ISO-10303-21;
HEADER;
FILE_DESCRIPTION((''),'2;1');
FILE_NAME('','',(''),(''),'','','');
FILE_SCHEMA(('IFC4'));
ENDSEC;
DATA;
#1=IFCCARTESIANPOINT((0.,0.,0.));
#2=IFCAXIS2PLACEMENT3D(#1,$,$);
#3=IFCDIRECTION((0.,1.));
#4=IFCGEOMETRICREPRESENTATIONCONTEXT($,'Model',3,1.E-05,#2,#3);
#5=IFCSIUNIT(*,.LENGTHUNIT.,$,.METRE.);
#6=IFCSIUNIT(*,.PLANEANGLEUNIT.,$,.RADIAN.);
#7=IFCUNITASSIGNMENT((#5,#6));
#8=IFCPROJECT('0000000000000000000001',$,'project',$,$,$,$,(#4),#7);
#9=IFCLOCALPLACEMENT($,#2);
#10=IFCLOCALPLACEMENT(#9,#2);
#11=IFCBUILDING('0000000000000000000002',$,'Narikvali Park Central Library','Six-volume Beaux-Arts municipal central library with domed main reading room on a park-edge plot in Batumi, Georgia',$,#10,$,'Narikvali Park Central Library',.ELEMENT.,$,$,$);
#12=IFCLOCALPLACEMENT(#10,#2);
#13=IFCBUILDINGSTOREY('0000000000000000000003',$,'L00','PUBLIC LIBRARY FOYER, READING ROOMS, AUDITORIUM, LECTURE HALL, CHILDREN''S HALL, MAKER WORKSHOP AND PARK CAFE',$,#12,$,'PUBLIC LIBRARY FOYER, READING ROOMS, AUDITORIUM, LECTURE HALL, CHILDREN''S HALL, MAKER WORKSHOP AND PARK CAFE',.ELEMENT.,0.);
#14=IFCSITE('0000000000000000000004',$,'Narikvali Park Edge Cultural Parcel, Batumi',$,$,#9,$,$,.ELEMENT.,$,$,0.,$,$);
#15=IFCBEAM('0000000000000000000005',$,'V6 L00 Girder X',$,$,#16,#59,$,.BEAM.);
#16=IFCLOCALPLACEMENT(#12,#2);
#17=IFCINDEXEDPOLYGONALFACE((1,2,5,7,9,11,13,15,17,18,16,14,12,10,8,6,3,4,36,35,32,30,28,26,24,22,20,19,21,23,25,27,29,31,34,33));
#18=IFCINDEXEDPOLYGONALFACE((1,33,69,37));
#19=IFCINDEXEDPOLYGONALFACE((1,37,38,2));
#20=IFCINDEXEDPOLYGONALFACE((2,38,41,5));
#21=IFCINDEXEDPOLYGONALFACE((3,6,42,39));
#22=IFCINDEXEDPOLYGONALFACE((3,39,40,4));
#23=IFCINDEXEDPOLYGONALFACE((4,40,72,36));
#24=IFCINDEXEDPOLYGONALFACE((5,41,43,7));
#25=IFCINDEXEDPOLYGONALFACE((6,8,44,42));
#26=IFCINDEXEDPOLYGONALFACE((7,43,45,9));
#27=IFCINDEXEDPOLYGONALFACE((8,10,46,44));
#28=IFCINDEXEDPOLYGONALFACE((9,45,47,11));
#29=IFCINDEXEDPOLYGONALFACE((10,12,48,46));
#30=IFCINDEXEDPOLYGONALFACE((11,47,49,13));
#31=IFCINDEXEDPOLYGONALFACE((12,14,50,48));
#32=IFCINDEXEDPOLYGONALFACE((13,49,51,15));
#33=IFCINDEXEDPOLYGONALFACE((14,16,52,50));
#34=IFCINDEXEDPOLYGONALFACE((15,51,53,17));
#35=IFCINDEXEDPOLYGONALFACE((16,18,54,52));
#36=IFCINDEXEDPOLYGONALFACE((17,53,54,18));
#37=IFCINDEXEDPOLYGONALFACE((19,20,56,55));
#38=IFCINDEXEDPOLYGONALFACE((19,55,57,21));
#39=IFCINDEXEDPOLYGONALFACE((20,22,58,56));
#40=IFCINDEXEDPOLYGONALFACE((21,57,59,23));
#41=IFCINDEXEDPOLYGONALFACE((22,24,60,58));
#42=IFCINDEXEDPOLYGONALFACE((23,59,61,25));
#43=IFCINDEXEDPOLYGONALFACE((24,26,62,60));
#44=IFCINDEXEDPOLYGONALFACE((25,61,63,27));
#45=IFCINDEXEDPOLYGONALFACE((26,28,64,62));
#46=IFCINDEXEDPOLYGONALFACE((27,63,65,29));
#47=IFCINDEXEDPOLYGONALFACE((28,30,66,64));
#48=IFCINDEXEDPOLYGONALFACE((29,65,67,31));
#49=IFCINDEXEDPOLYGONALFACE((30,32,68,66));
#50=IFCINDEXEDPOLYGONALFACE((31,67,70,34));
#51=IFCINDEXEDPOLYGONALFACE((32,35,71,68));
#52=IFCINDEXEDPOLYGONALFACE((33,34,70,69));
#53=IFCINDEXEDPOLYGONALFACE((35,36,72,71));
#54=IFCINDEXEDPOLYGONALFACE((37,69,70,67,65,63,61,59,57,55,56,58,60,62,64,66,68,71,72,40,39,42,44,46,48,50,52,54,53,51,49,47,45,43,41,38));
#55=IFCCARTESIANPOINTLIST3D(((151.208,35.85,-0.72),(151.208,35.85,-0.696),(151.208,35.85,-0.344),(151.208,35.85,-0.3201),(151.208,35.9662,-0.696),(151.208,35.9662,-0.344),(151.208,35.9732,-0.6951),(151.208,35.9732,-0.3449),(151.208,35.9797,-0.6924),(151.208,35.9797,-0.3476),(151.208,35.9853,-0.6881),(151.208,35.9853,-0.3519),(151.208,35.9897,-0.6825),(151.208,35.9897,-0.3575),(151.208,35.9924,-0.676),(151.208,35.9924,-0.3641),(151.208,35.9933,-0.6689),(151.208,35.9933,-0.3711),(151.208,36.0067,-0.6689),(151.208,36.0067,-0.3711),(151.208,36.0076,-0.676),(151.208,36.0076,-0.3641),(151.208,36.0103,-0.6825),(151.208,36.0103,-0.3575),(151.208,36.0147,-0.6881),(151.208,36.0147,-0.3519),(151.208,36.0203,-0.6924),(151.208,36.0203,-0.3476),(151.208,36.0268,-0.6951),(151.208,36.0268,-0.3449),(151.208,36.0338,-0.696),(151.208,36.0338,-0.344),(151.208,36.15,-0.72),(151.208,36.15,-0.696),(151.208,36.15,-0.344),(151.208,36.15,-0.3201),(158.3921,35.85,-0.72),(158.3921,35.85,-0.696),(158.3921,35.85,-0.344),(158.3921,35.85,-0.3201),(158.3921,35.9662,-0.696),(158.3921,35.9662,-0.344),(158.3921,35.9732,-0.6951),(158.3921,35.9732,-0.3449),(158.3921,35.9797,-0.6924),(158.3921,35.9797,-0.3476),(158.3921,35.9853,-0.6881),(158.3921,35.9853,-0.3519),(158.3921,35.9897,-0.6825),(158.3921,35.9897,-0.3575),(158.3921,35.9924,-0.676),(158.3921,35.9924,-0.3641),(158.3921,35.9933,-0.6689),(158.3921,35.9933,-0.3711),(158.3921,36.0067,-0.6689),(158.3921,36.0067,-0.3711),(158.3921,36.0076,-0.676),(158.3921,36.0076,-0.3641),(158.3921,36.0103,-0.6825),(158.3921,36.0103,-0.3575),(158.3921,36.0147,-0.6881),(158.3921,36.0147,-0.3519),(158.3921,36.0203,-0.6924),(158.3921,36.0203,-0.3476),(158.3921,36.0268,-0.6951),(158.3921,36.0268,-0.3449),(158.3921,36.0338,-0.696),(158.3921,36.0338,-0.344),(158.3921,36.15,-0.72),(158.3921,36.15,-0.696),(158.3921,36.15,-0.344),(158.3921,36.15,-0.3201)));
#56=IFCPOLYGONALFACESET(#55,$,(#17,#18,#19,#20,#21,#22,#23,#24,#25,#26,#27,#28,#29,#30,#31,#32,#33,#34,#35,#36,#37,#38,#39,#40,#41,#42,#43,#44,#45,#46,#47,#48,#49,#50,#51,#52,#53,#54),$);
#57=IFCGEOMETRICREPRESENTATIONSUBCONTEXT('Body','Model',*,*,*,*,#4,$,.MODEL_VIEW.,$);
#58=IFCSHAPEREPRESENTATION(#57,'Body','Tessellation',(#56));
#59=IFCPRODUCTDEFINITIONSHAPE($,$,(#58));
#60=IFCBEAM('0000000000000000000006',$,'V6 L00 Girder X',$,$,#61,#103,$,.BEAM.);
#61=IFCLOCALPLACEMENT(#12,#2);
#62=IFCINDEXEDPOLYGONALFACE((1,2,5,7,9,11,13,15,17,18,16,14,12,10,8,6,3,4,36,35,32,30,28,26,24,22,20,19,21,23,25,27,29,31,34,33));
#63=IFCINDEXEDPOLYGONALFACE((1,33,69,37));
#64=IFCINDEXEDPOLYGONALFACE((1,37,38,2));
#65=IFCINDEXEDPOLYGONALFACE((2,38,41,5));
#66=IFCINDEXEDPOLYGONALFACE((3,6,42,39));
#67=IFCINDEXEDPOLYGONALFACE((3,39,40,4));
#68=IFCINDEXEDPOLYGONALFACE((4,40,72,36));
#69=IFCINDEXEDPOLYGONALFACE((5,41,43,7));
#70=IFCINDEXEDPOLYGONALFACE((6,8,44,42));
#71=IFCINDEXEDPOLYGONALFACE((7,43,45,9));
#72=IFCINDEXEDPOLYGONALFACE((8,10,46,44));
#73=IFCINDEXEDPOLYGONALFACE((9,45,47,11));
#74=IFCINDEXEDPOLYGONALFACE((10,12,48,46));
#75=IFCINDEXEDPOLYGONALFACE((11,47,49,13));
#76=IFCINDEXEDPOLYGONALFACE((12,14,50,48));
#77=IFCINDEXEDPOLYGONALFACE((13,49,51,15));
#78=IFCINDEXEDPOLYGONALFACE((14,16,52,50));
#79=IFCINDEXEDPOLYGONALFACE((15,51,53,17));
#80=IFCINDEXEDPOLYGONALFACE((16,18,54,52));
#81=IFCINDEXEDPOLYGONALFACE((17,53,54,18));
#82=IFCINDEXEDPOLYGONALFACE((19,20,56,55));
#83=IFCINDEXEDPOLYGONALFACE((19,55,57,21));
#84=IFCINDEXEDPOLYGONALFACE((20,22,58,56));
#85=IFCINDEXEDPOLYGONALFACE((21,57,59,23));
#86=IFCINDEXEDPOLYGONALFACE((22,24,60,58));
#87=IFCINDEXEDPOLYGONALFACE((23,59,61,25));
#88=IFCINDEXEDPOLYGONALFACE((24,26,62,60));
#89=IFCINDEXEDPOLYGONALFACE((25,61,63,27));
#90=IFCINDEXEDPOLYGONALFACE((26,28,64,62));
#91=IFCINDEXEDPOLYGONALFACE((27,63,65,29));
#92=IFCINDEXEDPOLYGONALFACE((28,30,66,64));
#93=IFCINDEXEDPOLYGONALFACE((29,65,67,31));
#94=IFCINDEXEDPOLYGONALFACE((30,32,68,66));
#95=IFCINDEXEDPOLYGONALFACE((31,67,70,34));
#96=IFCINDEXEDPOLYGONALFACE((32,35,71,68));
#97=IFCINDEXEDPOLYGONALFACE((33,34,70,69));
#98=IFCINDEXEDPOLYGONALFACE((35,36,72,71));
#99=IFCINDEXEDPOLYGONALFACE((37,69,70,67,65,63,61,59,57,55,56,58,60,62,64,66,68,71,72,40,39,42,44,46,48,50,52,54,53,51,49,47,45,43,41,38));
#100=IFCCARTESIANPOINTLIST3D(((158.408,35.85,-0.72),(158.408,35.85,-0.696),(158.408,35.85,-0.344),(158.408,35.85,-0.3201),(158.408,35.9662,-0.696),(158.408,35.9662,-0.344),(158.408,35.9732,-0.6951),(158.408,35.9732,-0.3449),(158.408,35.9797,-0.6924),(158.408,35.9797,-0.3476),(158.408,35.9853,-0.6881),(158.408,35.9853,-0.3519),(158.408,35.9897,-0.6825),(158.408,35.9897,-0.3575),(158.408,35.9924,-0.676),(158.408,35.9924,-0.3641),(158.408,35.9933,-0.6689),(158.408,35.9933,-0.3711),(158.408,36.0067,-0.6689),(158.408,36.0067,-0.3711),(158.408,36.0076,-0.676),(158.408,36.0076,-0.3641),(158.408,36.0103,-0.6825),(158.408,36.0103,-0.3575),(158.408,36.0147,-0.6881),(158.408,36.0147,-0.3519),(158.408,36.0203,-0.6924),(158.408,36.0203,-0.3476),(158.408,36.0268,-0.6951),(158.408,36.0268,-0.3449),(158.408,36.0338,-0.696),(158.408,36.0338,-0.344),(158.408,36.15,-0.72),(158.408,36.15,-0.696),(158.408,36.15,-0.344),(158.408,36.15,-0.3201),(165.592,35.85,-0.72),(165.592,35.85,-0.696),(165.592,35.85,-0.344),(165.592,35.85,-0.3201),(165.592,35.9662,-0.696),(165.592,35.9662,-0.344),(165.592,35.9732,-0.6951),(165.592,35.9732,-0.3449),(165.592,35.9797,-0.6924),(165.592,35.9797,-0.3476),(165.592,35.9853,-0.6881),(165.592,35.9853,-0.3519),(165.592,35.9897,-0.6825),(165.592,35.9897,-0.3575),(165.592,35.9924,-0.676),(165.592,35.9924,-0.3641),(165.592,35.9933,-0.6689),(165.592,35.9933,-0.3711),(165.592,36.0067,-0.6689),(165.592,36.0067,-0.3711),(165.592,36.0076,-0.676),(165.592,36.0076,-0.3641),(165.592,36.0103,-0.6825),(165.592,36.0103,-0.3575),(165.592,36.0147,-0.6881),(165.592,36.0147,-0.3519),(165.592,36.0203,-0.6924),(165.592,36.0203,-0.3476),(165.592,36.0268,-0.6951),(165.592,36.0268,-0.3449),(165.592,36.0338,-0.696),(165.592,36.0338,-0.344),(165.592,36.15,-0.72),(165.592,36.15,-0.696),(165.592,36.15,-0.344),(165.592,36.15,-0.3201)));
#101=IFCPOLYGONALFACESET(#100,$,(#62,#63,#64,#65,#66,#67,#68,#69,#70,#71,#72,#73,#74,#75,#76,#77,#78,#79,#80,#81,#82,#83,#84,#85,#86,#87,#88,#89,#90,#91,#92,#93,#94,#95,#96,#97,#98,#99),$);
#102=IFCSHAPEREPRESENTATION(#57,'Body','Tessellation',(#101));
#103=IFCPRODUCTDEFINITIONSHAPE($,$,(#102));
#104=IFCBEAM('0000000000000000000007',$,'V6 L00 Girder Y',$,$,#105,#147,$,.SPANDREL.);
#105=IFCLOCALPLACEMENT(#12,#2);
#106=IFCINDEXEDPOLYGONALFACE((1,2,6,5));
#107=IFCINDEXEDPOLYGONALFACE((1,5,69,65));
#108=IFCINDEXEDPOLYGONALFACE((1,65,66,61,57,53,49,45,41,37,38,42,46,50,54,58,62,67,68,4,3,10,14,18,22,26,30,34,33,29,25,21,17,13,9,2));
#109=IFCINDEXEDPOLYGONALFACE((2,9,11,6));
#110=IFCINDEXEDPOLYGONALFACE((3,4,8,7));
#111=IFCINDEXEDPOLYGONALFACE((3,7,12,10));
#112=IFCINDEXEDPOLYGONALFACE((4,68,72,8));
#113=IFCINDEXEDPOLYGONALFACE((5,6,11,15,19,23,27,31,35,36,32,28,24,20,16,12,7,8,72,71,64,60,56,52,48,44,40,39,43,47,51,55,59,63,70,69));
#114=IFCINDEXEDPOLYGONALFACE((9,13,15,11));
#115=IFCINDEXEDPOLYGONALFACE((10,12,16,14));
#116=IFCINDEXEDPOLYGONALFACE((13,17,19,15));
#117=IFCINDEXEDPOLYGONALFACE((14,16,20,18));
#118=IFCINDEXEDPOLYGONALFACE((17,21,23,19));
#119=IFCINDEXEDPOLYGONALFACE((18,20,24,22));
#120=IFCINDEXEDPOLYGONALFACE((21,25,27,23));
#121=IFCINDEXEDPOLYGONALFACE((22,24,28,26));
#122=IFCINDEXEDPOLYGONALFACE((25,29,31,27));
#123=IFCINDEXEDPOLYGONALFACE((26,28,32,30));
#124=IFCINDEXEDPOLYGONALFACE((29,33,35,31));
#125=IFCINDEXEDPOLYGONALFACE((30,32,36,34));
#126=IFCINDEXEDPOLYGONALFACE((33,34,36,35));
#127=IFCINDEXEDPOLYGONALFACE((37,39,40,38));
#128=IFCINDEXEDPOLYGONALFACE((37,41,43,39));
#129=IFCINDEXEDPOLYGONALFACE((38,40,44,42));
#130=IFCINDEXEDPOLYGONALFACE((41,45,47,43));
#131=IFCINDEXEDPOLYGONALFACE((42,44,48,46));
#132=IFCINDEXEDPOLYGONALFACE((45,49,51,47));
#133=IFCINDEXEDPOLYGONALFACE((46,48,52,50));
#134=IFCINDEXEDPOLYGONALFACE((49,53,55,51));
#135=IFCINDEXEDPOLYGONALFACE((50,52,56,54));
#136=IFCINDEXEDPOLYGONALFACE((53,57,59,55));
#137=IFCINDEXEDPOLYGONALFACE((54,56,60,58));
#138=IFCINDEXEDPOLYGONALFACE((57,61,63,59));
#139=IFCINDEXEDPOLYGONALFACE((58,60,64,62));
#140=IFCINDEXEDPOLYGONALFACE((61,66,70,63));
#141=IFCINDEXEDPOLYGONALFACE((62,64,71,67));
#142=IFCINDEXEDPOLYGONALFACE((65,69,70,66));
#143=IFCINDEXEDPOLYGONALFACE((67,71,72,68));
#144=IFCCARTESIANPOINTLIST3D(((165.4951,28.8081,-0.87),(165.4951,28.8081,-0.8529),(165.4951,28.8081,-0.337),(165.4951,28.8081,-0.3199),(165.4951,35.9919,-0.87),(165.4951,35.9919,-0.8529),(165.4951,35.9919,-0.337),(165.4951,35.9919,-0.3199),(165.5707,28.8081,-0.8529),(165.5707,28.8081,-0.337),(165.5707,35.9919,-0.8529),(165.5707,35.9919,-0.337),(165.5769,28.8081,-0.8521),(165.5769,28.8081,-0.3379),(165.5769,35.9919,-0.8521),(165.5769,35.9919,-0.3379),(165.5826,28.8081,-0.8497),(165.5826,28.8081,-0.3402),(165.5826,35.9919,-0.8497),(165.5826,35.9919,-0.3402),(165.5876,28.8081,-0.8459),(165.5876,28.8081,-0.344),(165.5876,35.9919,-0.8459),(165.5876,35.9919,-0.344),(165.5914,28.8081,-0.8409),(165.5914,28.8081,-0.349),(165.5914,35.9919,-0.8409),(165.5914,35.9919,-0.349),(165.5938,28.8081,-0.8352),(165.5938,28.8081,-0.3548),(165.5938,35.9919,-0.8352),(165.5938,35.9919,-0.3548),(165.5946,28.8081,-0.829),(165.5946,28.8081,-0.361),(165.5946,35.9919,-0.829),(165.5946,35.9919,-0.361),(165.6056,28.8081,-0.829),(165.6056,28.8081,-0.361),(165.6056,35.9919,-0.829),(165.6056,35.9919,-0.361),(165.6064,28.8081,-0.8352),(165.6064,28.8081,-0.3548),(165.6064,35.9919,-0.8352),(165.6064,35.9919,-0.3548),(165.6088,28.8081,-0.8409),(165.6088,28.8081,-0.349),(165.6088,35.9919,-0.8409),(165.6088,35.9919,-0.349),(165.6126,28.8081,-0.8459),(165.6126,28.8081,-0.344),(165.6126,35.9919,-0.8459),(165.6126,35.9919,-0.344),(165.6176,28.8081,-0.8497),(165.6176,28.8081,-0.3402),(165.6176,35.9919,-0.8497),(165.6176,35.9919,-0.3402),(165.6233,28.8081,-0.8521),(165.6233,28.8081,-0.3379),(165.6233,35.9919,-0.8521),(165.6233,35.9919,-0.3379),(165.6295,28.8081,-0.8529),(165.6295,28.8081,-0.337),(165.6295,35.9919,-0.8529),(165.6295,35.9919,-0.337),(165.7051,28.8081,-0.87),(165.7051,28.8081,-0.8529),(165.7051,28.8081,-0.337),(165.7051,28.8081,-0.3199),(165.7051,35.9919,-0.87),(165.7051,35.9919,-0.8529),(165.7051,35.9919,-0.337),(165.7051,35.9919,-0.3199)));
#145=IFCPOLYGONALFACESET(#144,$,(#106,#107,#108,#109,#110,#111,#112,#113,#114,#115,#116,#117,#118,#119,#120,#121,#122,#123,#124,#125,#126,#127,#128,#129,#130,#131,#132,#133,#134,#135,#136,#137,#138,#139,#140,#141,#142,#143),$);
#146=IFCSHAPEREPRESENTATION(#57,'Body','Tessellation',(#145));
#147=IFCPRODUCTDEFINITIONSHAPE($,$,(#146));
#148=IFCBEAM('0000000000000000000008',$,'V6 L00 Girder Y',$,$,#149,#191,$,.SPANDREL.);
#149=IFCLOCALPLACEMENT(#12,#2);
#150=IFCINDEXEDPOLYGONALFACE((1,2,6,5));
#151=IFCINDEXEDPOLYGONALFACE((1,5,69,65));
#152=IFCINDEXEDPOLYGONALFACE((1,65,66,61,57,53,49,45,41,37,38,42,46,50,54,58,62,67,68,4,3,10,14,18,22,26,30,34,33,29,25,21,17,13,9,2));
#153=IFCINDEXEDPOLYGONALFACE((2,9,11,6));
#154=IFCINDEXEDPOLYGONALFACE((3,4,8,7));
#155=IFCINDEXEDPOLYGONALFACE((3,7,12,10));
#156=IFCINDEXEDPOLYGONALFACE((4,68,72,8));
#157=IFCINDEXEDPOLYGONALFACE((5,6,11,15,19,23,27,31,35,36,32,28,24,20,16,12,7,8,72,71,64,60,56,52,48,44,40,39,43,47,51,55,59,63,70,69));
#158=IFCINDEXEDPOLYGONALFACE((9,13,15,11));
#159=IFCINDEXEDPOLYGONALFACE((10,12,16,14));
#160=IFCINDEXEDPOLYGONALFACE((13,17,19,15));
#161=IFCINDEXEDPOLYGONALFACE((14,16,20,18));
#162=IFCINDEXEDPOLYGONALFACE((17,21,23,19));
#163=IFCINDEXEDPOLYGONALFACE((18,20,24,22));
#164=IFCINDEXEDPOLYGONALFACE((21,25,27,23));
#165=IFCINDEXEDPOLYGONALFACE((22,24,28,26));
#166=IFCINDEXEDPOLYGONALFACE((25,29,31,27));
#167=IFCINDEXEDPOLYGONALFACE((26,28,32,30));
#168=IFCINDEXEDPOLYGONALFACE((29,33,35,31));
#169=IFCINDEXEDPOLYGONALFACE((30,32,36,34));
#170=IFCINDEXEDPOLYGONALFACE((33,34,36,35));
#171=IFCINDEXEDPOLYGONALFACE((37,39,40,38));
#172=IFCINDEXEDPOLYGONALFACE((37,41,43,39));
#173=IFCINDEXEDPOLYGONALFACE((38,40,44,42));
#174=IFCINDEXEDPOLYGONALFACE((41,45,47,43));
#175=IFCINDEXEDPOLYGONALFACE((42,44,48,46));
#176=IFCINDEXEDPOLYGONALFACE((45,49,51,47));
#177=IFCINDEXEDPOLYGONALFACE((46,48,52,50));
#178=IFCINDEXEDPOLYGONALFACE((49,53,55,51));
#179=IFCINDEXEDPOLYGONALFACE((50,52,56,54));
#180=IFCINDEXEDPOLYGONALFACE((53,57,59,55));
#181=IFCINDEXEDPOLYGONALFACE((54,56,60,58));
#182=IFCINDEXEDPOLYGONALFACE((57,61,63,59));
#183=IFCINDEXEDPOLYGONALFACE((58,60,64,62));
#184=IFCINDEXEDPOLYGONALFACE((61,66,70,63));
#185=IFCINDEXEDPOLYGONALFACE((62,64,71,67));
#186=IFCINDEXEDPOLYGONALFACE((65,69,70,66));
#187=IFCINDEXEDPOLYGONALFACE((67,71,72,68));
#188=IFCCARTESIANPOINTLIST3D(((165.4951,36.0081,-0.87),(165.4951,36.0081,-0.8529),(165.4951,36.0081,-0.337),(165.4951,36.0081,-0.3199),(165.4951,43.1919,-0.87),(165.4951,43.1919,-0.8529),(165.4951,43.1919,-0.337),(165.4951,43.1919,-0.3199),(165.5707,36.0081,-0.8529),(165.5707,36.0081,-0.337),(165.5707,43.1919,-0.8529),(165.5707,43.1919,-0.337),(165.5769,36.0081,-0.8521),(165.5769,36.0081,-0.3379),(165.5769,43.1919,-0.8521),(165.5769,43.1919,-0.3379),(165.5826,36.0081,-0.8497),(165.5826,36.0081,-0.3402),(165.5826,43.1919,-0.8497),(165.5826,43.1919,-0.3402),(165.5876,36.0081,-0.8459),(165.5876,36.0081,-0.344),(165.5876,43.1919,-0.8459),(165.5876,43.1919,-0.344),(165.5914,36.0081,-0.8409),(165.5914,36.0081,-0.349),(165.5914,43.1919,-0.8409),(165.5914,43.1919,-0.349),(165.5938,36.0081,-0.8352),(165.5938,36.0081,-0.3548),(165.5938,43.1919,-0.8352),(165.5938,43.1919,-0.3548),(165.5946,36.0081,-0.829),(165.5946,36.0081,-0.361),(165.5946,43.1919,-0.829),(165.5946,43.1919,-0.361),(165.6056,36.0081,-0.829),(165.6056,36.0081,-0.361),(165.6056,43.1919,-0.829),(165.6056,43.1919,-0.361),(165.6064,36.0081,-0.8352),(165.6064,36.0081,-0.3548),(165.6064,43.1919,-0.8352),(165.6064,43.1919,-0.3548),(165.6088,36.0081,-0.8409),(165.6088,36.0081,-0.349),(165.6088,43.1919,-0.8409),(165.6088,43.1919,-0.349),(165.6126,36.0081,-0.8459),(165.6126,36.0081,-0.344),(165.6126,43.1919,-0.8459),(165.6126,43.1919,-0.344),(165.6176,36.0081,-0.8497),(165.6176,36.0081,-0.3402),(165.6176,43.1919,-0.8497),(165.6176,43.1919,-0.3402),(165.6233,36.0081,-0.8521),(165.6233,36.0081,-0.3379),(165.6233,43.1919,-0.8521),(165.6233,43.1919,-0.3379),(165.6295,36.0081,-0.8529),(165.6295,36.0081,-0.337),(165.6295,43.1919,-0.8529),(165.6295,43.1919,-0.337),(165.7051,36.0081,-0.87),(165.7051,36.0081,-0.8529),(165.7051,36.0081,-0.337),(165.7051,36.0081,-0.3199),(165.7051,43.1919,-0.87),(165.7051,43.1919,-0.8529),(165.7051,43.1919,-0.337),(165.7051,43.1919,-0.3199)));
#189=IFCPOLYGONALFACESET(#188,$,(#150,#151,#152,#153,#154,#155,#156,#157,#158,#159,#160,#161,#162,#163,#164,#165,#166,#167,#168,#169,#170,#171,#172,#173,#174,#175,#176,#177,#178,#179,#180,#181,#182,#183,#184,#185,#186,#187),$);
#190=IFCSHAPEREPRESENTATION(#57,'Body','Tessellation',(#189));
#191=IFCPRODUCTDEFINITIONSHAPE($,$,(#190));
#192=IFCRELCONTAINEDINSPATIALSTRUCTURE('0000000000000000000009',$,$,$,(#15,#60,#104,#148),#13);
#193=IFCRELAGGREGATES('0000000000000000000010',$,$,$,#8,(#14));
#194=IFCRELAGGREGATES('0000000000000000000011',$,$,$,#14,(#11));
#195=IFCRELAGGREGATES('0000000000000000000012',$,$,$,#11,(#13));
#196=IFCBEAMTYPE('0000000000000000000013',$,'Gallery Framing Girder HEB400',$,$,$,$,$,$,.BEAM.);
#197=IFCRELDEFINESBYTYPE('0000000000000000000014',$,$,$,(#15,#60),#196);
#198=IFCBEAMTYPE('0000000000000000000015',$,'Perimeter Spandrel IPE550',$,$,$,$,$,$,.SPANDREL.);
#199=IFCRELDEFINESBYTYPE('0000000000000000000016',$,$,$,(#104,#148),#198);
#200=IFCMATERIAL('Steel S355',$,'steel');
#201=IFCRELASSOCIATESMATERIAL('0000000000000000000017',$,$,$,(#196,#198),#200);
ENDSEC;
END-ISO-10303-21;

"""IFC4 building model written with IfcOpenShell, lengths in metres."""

from ifc_helpers import new_model, si_unit, direction, frame, origin, origin_2d, place, context, subcontext, project, spatial, i_section, extrude, material, material_profile, profile_set, type_object, element, save


model = new_model("IFC4")

# Units and contexts
model_context = context("Model", 3, precision=1e-05, world=origin(), true_north=direction((0.0, 1.0)))
body_context = subcontext(model_context, "Body", "Model", "MODEL_VIEW")
ifc_project = project(units=[si_unit("LENGTHUNIT", "METRE"), si_unit("PLANEANGLEUNIT", "RADIAN")], contexts=[model_context])

# Site, building, storey
site_placement = place(None, origin())
site = spatial("IfcSite", under=ifc_project, at=site_placement, Name="Narikvali Park Edge Cultural Parcel, Batumi", CompositionType="ELEMENT", RefElevation=0.0)
building_placement = place(site_placement, origin())
building = spatial("IfcBuilding", under=site, at=building_placement, Name="Narikvali Park Central Library", Description="Six-volume Beaux-Arts municipal central library with domed main reading room on a park-edge plot in Batumi, Georgia", LongName="Narikvali Park Central Library", CompositionType="ELEMENT")
storey_placement = place(building_placement, origin())
storey = spatial("IfcBuildingStorey", under=building, at=storey_placement, Name="L00", Description="PUBLIC LIBRARY FOYER, READING ROOMS, AUDITORIUM, LECTURE HALL, CHILDREN'S HALL, MAKER WORKSHOP AND PARK CAFE", LongName="PUBLIC LIBRARY FOYER, READING ROOMS, AUDITORIUM, LECTURE HALL, CHILDREN'S HALL, MAKER WORKSHOP AND PARK CAFE", CompositionType="ELEMENT", Elevation=0.0)

# Shared definitions
ifc_material_1 = material(Name="Steel S355", Category="steel")

# Beams
ifc_material_profile_1 = material_profile(ifc_material_1, i_section(OverallWidth=0.3, OverallDepth=0.3999, WebThickness=0.0134, FlangeThickness=0.0239, FilletRadius=0.0271, at=origin_2d()), Name="HEB 400")
ifc_profile_set_1 = profile_set([ifc_material_profile_1], Name="Steel S355")
beam_type_1 = type_object("IfcBeamType", Name="Gallery Framing Girder HEB400", PredefinedType="BEAM", material=ifc_profile_set_1)
for number, where, z_axis, x_axis, name in (
    (1, (151.208, 36.0, -0.52), (1.0, 0.0, 0.0), (0.0, 1.0, 0.0), "V6 L00 Girder X"),
    (2, (158.408, 36.0, -0.52), (1.0, 0.0, 0.0), (0.0, 1.0, 0.0), "V6 L00 Girder X"),
):
    element("IfcBeam", number, at=place(storey_placement, frame(where, z_axis=z_axis, x_axis=x_axis)), inside=storey, type_object=beam_type_1, Name=name, PredefinedType="BEAM", context=body_context, shape_type="SweptSolid", body=[
        extrude(i_section(OverallWidth=0.3, OverallDepth=0.3999, WebThickness=0.0134, FlangeThickness=0.0239, FilletRadius=0.0271, at=origin_2d()), origin(), (0.0, 0.0, 1.0), 7.1841),
    ])
ifc_material_profile_2 = material_profile(ifc_material_1, i_section(OverallWidth=0.21, OverallDepth=0.55, WebThickness=0.011, FlangeThickness=0.0171, FilletRadius=0.0239, at=origin_2d()), Name="IPE 550")
ifc_profile_set_2 = profile_set([ifc_material_profile_2], Name="Steel S355")
beam_type_2 = type_object("IfcBeamType", Name="Perimeter Spandrel IPE550", PredefinedType="SPANDREL", material=ifc_profile_set_2)
for number, where, z_axis, x_axis, name in (
    (3, (165.6001, 28.8081, -0.595), (0.0, 1.0, 0.0), (-1.0, 0.0, 0.0), "V6 L00 Girder Y"),
    (4, (165.6001, 36.0081, -0.595), (0.0, 1.0, 0.0), (-1.0, 0.0, 0.0), "V6 L00 Girder Y"),
):
    element("IfcBeam", number, at=place(storey_placement, frame(where, z_axis=z_axis, x_axis=x_axis)), inside=storey, type_object=beam_type_2, Name=name, PredefinedType="SPANDREL", context=body_context, shape_type="SweptSolid", body=[
        extrude(i_section(OverallWidth=0.21, OverallDepth=0.55, WebThickness=0.011, FlangeThickness=0.0171, FilletRadius=0.0239, at=origin_2d()), origin(), (0.0, 0.0, 1.0), 7.1838),
    ])

save(model, "model.ifc")
